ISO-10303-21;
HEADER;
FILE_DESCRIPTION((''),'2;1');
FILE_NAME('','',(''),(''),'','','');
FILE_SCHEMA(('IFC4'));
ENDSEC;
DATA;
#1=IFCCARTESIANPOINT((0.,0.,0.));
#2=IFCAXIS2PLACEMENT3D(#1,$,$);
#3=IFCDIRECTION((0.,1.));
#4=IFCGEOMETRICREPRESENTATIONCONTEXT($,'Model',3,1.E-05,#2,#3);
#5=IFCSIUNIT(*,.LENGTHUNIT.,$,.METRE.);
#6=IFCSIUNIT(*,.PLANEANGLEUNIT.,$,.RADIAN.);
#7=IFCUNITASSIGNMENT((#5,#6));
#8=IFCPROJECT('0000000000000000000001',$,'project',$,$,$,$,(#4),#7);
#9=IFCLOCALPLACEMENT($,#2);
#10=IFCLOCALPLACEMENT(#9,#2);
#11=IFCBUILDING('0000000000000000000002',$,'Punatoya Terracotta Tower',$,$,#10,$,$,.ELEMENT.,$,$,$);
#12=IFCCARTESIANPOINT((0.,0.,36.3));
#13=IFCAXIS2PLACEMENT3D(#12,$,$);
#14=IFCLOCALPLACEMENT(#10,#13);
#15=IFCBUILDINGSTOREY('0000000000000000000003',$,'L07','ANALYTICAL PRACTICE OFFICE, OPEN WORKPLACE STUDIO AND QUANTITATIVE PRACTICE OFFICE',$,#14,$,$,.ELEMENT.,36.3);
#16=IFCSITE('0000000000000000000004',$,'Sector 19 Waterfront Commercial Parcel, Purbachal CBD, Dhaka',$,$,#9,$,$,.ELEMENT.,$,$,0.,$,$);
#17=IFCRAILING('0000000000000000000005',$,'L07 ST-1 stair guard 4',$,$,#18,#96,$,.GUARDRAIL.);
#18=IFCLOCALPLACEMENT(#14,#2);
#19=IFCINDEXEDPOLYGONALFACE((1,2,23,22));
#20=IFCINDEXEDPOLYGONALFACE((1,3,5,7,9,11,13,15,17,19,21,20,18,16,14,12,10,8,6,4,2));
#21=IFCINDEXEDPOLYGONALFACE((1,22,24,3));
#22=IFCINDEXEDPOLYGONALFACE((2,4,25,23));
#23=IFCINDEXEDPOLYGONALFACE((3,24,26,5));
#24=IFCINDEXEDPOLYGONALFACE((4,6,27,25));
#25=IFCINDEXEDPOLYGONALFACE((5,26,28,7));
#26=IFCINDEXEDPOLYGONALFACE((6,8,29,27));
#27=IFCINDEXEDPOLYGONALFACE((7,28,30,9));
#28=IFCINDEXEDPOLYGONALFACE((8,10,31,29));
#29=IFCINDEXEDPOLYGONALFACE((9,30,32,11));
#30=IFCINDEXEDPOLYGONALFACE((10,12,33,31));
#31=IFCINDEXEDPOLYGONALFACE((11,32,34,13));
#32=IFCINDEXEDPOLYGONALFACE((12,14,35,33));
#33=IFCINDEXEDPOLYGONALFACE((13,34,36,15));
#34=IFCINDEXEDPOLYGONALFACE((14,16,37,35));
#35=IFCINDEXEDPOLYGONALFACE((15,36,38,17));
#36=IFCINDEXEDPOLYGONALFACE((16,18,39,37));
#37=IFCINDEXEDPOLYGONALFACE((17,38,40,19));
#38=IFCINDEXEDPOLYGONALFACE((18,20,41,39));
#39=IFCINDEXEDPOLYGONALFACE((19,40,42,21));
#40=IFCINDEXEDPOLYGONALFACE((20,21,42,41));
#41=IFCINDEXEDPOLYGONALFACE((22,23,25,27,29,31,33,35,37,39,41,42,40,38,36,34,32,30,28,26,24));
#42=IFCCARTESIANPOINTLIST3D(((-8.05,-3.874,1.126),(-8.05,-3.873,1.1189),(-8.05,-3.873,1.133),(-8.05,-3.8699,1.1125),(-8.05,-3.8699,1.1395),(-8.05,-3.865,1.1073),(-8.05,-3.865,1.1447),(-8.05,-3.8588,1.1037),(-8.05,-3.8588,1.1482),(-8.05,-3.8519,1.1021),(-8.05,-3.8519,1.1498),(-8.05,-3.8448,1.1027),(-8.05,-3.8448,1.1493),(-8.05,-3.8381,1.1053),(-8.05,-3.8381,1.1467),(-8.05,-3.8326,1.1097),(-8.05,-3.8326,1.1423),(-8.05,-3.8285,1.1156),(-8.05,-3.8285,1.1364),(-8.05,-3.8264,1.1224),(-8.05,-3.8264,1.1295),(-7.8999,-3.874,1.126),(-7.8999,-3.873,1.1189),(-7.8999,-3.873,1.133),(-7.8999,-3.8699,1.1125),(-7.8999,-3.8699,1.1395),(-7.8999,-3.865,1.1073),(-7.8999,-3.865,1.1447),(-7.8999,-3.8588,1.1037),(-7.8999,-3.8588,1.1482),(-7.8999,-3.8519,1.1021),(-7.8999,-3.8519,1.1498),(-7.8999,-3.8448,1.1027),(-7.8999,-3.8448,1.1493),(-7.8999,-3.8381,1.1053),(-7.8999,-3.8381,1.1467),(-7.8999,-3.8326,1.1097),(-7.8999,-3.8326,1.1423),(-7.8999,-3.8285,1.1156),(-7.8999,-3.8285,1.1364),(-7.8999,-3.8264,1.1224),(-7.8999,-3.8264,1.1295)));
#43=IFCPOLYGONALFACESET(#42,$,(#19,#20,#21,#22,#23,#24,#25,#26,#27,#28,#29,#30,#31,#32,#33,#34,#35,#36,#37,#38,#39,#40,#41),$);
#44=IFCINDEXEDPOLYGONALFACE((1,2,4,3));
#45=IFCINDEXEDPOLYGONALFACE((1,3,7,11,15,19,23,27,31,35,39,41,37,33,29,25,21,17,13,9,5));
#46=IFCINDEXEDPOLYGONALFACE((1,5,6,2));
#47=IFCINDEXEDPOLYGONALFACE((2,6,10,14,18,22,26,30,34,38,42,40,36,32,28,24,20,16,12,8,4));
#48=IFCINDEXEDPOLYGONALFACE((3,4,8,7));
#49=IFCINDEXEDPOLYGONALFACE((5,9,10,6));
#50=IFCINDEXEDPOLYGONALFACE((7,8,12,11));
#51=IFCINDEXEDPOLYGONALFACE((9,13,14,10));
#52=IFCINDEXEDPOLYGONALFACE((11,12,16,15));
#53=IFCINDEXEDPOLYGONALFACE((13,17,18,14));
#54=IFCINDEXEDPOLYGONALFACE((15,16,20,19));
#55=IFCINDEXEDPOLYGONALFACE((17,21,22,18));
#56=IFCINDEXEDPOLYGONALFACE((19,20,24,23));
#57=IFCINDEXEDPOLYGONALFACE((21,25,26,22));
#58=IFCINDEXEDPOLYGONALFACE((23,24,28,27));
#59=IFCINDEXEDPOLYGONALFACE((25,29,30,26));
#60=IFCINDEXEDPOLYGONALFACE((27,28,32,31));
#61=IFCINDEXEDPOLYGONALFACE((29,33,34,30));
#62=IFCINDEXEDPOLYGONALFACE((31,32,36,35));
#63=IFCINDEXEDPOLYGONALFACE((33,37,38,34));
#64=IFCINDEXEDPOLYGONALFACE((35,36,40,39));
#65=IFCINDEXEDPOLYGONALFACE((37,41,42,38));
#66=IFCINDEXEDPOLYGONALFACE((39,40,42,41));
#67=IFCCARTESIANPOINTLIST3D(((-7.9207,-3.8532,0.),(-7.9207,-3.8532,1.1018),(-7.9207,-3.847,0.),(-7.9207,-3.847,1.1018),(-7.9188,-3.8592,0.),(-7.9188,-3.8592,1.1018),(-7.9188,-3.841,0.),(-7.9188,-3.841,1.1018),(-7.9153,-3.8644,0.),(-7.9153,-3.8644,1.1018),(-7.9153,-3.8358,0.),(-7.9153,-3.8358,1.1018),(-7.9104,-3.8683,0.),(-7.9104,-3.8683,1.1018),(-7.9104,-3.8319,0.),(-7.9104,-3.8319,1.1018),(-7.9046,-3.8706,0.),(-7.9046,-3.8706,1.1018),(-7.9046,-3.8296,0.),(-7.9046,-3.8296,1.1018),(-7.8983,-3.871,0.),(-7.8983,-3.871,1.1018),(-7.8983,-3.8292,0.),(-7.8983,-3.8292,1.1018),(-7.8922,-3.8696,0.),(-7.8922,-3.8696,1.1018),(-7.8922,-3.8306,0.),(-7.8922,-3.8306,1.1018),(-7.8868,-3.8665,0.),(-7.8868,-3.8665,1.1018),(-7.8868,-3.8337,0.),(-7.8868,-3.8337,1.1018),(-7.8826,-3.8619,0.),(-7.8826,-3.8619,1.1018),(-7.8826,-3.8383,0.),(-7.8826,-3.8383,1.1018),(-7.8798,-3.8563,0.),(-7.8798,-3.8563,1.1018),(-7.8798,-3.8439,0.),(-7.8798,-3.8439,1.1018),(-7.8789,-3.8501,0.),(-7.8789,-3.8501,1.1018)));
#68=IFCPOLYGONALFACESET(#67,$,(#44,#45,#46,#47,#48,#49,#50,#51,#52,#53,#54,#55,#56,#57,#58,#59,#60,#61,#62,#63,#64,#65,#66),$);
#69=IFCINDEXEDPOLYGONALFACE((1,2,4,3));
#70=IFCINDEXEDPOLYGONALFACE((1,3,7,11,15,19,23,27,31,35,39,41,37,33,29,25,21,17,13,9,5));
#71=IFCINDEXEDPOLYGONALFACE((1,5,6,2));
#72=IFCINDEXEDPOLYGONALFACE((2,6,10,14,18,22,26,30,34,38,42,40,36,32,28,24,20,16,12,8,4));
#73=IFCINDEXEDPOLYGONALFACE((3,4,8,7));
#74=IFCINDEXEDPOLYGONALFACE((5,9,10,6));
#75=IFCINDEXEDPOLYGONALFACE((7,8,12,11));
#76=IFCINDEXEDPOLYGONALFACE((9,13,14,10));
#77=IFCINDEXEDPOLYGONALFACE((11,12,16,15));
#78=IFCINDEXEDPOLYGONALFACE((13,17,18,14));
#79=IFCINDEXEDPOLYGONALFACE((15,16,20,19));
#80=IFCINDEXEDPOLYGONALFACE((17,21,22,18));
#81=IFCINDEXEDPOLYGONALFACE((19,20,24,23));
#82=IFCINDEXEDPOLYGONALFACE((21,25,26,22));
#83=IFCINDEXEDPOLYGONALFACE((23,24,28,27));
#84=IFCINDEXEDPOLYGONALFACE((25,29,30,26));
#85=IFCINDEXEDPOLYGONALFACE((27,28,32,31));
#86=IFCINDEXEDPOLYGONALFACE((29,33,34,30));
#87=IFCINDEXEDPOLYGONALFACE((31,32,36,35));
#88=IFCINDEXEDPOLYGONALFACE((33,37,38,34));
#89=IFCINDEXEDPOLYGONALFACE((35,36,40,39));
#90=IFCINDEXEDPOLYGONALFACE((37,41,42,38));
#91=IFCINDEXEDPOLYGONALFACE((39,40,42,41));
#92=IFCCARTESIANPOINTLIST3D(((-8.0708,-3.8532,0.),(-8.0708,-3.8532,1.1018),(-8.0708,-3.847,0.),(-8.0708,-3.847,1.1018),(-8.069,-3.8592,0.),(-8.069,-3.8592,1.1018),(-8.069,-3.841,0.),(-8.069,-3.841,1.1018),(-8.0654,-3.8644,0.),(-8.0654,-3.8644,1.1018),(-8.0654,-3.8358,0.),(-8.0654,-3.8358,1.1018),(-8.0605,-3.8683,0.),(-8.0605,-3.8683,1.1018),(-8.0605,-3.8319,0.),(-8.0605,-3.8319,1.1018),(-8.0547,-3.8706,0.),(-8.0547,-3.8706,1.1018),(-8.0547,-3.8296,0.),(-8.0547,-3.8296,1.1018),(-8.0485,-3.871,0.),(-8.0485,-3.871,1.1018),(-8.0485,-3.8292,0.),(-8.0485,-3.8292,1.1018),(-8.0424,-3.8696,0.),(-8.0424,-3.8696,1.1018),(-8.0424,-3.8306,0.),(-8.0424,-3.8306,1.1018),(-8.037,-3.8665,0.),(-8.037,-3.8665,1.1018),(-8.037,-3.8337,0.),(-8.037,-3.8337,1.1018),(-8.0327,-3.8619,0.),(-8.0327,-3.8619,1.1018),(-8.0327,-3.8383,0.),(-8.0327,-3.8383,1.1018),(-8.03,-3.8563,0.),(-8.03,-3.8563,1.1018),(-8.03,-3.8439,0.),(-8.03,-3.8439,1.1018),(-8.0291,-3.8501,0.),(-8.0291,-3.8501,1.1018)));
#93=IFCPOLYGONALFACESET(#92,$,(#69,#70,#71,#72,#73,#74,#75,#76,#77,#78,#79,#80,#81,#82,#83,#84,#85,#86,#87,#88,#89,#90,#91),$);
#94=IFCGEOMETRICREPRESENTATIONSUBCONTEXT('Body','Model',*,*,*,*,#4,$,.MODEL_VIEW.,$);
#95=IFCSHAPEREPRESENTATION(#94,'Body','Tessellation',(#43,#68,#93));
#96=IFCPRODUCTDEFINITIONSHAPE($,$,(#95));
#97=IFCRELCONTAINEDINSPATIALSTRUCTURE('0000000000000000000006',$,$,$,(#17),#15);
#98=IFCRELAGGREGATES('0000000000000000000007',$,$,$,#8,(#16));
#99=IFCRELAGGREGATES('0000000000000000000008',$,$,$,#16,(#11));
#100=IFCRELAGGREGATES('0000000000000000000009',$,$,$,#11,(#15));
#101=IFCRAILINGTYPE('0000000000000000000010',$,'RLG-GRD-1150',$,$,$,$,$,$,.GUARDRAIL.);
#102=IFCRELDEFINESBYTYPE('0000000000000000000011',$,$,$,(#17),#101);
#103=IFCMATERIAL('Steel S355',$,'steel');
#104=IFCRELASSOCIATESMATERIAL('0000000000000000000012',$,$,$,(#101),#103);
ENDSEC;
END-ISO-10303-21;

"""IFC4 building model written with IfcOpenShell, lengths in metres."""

from ifc_helpers import new_model, si_unit, direction, frame, origin, origin_2d, place, context, subcontext, project, spatial, circle, extrude, material, type_object, element, save


model = new_model("IFC4")

# Units and contexts
model_context = context("Model", 3, precision=1e-05, world=origin(), true_north=direction((0.0, 1.0)))
body_context = subcontext(model_context, "Body", "Model", "MODEL_VIEW")
ifc_project = project(units=[si_unit("LENGTHUNIT", "METRE"), si_unit("PLANEANGLEUNIT", "RADIAN")], contexts=[model_context])

# Site, building, storey
site_placement = place(None, origin())
site = spatial("IfcSite", under=ifc_project, at=site_placement, Name="Sector 19 Waterfront Commercial Parcel, Purbachal CBD, Dhaka", CompositionType="ELEMENT", RefElevation=0.0)
building_placement = place(site_placement, origin())
building = spatial("IfcBuilding", under=site, at=building_placement, Name="Punatoya Terracotta Tower", CompositionType="ELEMENT")
storey_placement = place(building_placement, frame((0.0, 0.0, 36.3)))
storey = spatial("IfcBuildingStorey", under=building, at=storey_placement, Name="L07", Description="ANALYTICAL PRACTICE OFFICE, OPEN WORKPLACE STUDIO AND QUANTITATIVE PRACTICE OFFICE", CompositionType="ELEMENT", Elevation=36.3)

# Shared definitions
ifc_material_1 = material(Name="Steel S355", Category="steel")

# Railing
railing_type_1 = type_object("IfcRailingType", Name="RLG-GRD-1150", PredefinedType="GUARDRAIL", material=ifc_material_1)
railing_1_placement = place(storey_placement, frame((-7.8999, -3.8501, 0.0)))
element("IfcRailing", 1, at=railing_1_placement, inside=storey, type_object=railing_type_1, Name="L07 ST-1 stair guard 4", PredefinedType="GUARDRAIL", context=body_context, shape_type="SweptSolid", body=[
    extrude(circle(Radius=0.0239, at=origin_2d()), frame((0.0, 0.0, 1.126), z_axis=(-1.0, 0.0, 0.0), x_axis=(0.0, -1.0, 0.0)), (0.0, 0.0, 1.0), 0.1501),
    extrude(circle(Radius=0.021, at=origin_2d()), origin(), (0.0, 0.0, 1.0), 1.1018),
    extrude(circle(Radius=0.021, at=origin_2d()), frame((-0.1501, 0.0, 0.0)), (0.0, 0.0, 1.0), 1.1018),
])

save(model, "model.ifc")
